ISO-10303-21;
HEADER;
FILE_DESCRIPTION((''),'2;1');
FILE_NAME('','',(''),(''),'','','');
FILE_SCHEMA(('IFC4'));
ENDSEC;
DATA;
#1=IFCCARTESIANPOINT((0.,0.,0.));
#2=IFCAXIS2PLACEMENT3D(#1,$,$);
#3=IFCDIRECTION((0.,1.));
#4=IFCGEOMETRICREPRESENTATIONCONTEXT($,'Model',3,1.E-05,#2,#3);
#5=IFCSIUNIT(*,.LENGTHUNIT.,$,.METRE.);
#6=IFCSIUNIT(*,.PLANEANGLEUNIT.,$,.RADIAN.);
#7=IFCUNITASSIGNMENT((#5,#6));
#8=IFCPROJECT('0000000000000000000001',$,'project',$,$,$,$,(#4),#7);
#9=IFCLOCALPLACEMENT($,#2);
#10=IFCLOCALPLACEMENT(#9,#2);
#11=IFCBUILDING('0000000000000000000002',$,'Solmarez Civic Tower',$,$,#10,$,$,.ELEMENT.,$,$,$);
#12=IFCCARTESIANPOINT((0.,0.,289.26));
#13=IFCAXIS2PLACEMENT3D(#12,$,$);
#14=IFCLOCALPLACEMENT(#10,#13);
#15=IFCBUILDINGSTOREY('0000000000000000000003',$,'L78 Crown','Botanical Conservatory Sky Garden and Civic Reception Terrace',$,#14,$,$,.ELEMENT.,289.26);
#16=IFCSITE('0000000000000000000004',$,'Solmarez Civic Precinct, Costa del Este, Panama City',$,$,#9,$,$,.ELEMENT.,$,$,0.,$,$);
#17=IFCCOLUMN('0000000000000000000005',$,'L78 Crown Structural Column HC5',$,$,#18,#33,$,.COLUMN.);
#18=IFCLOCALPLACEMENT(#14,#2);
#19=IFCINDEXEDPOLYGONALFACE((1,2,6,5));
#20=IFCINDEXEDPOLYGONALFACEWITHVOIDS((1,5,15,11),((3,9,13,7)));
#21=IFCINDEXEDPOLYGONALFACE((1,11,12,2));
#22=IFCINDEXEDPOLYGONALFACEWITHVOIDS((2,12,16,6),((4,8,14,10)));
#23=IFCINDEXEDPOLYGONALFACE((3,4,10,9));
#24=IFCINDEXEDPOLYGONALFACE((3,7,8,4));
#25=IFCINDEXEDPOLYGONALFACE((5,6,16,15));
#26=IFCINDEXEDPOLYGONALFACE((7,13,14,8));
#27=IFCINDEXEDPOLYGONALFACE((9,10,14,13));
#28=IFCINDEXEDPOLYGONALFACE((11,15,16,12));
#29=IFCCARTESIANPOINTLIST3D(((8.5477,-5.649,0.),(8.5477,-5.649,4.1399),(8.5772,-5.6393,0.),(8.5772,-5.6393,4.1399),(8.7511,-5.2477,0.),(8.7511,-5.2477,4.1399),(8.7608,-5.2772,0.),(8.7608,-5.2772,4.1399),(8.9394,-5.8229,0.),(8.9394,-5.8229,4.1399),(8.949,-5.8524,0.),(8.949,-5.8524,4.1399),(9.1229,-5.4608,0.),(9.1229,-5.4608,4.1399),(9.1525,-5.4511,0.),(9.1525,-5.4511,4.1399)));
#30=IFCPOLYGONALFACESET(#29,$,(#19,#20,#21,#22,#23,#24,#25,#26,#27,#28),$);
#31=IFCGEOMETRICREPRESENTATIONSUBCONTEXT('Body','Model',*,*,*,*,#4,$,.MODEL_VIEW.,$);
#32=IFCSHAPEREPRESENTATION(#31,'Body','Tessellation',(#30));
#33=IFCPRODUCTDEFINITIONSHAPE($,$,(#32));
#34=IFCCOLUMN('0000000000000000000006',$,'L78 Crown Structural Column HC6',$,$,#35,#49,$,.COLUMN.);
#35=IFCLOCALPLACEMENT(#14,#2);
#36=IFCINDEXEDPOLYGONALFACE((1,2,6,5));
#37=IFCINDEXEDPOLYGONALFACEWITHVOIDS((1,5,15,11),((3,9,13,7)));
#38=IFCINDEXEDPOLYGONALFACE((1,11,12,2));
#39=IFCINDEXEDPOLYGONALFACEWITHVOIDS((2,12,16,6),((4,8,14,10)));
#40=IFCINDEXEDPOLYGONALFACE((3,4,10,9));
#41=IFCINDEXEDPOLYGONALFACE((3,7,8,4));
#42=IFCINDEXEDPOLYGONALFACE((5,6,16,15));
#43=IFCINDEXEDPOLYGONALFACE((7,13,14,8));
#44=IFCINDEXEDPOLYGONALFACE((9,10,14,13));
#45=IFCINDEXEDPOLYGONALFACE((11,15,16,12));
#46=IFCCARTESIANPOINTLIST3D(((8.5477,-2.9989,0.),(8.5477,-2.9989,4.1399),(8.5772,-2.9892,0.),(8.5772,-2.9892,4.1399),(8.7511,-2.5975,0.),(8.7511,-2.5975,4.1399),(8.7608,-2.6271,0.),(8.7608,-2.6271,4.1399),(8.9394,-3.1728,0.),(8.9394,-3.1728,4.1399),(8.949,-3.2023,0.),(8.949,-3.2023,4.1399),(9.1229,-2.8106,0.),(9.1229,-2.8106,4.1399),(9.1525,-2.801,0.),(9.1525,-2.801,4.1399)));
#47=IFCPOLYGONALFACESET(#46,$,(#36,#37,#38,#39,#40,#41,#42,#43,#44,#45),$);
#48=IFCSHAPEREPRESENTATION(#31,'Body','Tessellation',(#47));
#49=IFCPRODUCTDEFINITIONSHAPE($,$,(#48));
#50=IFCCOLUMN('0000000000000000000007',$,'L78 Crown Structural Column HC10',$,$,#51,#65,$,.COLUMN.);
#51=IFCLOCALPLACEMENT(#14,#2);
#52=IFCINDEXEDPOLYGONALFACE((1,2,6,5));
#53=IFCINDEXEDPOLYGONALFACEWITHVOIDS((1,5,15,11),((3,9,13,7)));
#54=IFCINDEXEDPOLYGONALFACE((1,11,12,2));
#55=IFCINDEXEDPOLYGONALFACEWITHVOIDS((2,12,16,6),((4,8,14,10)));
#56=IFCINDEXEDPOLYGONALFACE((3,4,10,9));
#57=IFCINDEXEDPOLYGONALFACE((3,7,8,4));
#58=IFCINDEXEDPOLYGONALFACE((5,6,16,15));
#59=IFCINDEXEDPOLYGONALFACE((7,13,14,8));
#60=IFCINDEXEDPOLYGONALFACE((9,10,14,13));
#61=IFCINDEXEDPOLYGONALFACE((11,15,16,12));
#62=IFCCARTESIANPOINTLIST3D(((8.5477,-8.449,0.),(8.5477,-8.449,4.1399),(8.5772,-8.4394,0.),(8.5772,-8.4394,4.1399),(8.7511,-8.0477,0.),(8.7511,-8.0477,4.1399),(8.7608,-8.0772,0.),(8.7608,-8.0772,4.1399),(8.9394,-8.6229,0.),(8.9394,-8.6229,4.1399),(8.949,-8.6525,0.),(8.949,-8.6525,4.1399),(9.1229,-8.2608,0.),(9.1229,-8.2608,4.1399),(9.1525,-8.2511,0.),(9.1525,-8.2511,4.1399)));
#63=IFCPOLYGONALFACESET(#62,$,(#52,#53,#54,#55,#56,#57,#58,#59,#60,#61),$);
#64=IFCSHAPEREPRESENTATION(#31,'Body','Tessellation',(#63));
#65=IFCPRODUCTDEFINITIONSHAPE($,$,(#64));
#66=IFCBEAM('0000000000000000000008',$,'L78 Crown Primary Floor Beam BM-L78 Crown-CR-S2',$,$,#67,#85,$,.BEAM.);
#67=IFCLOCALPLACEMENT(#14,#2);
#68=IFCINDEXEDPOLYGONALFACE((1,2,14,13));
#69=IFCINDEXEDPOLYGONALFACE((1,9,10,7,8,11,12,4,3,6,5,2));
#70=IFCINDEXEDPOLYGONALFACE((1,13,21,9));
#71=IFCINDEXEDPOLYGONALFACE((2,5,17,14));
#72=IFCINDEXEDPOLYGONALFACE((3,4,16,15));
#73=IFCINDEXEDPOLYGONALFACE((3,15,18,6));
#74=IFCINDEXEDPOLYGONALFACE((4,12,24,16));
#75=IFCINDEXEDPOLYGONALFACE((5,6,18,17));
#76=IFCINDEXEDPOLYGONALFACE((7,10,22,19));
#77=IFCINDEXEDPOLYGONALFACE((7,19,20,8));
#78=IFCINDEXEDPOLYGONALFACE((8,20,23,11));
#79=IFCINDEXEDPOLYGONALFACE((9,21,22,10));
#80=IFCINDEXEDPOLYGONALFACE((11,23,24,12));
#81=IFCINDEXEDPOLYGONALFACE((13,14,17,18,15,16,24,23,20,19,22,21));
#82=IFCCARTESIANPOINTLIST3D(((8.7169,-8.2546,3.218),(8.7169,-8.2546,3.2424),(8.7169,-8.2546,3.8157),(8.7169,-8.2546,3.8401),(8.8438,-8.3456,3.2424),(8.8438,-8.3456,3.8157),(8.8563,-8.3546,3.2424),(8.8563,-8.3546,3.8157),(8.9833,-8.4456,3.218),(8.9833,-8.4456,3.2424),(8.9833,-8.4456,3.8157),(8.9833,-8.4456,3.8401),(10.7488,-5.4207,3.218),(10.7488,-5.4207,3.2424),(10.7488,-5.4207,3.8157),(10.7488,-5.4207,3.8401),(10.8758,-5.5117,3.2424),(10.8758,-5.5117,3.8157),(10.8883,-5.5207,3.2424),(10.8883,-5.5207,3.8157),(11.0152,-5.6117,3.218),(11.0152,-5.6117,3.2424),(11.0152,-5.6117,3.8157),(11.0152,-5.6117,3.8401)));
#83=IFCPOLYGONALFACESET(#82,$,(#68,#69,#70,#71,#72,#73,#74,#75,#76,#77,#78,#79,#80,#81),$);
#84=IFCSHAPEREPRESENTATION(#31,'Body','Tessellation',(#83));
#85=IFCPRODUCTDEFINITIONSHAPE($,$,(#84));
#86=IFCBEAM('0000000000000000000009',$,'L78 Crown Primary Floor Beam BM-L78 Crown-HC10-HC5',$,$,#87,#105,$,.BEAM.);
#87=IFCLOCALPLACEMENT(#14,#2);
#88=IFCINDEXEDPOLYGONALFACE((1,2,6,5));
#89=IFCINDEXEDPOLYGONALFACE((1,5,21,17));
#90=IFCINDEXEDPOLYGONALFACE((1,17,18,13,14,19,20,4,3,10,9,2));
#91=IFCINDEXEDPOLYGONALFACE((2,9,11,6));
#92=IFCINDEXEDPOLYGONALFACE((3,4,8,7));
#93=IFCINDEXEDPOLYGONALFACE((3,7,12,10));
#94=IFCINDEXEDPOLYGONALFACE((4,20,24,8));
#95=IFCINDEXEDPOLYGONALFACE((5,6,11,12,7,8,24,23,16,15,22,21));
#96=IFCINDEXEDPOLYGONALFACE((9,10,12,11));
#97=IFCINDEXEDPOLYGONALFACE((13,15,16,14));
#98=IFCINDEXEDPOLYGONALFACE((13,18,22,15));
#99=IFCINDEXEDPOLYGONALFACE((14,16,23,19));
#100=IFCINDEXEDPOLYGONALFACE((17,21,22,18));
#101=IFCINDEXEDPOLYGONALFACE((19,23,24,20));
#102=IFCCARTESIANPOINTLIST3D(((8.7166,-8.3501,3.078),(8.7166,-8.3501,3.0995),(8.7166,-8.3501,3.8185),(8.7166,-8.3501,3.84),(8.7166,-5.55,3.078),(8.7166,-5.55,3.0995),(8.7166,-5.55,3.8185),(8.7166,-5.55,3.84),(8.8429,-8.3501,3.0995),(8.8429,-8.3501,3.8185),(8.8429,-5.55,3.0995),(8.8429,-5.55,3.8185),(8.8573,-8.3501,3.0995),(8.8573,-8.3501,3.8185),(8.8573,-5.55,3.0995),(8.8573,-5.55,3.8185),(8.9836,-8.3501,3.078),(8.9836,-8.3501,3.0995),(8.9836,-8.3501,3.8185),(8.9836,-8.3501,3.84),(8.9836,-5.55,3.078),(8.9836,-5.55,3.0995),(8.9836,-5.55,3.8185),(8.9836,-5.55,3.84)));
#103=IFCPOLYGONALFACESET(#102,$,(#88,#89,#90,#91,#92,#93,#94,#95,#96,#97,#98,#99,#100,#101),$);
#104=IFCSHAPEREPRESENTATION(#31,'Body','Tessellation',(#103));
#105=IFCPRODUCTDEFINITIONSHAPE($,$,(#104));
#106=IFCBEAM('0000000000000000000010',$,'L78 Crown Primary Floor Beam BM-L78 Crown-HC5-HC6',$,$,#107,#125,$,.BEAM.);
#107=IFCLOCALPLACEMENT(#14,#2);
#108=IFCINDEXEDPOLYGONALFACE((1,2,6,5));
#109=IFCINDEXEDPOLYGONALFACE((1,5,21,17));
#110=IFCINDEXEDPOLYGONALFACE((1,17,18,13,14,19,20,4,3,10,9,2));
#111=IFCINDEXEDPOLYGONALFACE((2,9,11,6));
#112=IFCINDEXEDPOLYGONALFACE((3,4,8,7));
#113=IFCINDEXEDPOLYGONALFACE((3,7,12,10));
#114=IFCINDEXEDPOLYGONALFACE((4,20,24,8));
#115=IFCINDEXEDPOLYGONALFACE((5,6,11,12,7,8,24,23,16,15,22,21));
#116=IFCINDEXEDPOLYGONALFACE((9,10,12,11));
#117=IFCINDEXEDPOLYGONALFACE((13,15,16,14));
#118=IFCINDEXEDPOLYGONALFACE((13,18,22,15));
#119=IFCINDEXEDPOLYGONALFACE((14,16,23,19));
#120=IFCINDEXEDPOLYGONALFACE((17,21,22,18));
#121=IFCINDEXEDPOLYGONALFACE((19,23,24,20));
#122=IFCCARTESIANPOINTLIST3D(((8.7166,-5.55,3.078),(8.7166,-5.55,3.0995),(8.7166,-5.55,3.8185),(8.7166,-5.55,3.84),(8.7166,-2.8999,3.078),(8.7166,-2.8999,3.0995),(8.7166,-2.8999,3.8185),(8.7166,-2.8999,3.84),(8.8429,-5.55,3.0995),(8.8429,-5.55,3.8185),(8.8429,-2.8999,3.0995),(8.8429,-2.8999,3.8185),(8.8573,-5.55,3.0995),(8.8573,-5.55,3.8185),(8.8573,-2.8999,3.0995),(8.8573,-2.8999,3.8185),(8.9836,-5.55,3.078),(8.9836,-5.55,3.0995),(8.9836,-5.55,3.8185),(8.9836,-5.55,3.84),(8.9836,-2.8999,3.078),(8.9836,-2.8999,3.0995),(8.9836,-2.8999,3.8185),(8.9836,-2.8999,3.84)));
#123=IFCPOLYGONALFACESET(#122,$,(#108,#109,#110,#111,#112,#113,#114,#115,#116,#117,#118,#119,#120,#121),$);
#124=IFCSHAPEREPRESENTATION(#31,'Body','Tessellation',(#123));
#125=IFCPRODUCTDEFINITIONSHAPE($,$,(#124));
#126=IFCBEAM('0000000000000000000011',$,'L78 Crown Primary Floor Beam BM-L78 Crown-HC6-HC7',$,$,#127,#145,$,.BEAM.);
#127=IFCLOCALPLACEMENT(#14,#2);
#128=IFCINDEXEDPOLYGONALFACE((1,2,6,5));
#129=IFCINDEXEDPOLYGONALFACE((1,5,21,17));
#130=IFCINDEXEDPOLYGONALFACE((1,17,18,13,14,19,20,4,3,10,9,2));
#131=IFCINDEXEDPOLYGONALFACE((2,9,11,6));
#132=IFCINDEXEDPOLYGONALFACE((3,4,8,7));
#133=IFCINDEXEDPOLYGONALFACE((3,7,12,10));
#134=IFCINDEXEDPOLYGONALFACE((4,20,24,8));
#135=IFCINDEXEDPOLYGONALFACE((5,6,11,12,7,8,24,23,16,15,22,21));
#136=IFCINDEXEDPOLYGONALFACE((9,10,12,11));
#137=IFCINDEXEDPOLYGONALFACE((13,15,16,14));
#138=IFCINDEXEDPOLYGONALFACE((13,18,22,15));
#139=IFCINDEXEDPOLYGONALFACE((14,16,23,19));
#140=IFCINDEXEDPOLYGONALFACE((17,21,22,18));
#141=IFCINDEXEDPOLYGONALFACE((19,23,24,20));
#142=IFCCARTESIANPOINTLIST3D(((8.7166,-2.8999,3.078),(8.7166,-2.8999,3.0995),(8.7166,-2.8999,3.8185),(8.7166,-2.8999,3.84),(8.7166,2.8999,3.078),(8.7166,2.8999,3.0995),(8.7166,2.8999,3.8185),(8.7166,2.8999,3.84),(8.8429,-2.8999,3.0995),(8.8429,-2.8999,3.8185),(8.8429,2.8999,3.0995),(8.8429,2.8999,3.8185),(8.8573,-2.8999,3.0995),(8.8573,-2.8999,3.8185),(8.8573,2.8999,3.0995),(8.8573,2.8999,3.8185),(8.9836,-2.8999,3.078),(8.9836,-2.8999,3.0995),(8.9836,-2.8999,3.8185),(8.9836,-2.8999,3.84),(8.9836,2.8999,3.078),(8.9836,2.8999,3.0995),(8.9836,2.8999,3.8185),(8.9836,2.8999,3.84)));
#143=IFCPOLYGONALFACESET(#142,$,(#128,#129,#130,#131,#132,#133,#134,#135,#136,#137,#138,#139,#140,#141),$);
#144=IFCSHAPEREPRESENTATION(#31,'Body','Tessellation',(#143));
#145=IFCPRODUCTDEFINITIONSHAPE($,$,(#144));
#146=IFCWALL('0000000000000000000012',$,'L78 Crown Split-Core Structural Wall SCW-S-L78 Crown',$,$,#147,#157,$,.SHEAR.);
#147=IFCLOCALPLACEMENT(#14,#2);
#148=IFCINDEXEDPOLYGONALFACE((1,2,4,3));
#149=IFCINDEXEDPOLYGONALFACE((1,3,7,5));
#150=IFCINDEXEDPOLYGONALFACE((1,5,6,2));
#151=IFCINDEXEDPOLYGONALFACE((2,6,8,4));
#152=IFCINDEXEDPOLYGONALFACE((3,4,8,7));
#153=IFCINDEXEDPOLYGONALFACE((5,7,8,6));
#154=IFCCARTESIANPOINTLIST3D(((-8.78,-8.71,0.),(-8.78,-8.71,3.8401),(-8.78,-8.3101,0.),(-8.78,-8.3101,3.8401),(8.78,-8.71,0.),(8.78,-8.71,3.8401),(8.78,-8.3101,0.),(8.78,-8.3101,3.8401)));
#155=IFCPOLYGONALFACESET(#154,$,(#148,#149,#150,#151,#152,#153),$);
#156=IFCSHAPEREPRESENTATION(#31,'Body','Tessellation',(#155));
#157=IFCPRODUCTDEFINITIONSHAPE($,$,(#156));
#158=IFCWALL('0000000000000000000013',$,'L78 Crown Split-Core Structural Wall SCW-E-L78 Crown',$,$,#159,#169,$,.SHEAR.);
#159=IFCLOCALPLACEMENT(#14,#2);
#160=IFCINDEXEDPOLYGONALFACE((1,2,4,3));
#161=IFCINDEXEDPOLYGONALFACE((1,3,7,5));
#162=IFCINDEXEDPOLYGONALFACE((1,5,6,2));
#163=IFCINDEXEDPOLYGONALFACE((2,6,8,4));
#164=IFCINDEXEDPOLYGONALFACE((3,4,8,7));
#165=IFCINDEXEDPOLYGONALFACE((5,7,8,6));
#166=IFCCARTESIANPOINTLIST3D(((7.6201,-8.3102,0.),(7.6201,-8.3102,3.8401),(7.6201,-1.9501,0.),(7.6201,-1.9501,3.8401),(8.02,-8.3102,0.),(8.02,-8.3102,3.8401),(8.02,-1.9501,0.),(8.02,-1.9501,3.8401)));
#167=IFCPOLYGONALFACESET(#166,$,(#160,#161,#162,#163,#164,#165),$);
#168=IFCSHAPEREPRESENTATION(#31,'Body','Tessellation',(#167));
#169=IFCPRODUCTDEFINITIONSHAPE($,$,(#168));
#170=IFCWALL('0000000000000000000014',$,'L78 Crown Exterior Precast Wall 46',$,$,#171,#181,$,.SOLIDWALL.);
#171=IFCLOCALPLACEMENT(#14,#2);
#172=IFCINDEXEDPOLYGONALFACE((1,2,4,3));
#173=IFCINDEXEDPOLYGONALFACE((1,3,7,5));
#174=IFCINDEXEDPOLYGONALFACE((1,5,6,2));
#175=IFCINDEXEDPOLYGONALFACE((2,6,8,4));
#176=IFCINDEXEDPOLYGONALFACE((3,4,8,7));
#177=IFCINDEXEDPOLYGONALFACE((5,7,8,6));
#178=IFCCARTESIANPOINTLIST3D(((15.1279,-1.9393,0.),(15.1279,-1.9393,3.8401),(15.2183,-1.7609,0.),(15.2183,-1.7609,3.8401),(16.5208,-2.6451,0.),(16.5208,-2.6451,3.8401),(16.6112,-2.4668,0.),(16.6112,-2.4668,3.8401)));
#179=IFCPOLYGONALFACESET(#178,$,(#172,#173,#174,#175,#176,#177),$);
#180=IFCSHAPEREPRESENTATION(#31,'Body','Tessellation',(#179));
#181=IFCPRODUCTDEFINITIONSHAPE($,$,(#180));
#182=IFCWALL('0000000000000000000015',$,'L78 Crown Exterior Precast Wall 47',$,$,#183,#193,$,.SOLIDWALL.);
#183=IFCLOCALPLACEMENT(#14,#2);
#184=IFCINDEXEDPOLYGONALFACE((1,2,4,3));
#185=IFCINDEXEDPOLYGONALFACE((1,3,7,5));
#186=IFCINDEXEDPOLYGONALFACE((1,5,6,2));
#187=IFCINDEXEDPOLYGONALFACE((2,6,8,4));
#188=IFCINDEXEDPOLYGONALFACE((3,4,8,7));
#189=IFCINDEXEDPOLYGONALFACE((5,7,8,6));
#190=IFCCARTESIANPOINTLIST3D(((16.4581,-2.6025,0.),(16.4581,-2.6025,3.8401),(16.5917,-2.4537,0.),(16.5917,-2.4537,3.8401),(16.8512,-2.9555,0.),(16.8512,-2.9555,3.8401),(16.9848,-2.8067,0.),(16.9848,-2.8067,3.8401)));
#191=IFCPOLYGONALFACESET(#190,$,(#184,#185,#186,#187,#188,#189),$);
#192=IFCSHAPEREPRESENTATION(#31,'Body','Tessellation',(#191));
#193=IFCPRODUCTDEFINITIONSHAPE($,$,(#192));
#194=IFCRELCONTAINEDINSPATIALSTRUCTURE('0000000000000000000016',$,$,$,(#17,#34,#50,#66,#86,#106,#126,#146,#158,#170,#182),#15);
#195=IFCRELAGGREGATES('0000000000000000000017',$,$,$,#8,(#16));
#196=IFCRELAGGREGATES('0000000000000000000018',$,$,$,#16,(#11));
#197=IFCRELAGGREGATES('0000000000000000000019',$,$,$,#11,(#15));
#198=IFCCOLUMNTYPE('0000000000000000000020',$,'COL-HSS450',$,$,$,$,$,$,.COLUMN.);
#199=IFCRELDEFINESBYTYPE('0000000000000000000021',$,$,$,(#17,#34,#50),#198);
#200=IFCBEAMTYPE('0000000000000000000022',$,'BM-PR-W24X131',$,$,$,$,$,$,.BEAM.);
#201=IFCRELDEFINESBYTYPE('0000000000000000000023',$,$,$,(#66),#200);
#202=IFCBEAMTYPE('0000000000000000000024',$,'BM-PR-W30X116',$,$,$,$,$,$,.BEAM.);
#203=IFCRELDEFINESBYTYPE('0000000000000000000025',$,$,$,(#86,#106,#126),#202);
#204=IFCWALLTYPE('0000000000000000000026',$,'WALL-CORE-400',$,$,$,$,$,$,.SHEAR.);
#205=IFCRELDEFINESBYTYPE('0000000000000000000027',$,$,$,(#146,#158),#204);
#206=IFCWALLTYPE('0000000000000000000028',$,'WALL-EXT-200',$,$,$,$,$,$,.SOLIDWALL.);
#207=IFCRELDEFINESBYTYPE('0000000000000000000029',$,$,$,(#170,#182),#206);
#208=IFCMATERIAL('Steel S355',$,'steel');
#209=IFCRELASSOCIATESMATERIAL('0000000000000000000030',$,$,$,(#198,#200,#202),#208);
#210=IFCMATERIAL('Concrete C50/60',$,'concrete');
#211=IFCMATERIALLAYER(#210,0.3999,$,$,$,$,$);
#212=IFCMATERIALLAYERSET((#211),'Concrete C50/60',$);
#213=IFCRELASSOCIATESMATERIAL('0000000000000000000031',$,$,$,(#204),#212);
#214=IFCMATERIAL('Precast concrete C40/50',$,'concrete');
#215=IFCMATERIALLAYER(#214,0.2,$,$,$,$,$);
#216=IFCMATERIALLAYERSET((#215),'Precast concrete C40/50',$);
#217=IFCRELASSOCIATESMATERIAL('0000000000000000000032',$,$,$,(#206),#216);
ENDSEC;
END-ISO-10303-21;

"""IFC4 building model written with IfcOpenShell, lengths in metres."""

from ifc_helpers import new_model, si_unit, direction, frame, frame_2d, origin, origin_2d, place, context, subcontext, project, spatial, rectangle, hollow_rectangle, i_section, extrude, material, layer, layer_set, material_profile, profile_set, type_object, element, save


model = new_model("IFC4")

# Units and contexts
model_context = context("Model", 3, precision=1e-05, world=origin(), true_north=direction((0.0, 1.0)))
body_context = subcontext(model_context, "Body", "Model", "MODEL_VIEW")
ifc_project = project(units=[si_unit("LENGTHUNIT", "METRE"), si_unit("PLANEANGLEUNIT", "RADIAN")], contexts=[model_context])

# Site, building, storey
site_placement = place(None, origin())
site = spatial("IfcSite", under=ifc_project, at=site_placement, Name="Solmarez Civic Precinct, Costa del Este, Panama City", CompositionType="ELEMENT", RefElevation=0.0)
building_placement = place(site_placement, origin())
building = spatial("IfcBuilding", under=site, at=building_placement, Name="Solmarez Civic Tower", CompositionType="ELEMENT")
storey_placement = place(building_placement, frame((0.0, 0.0, 289.26)))
storey = spatial("IfcBuildingStorey", under=building, at=storey_placement, Name="L78 Crown", Description="Botanical Conservatory Sky Garden and Civic Reception Terrace", CompositionType="ELEMENT", Elevation=289.26)

# Columns
ifc_material_1 = material(Name="Steel S355", Category="steel")
ifc_material_profile_1 = material_profile(ifc_material_1, hollow_rectangle(XDim=0.45, YDim=0.45, WallThickness=0.022, at=origin_2d()), Name="HSS450X450X22")
ifc_profile_set_1 = profile_set([ifc_material_profile_1], Name="Steel S355")
column_type = type_object("IfcColumnType", Name="COL-HSS450", PredefinedType="COLUMN", material=ifc_profile_set_1)
for number, where, z_axis, x_axis, name in (
    (1, (8.8501, -5.55, 0.0), (0.0, 0.0, 1.0), (0.452123, 0.891955, 0.0), "L78 Crown Structural Column HC5"),
    (2, (8.8501, -2.8999, 0.0), (0.0, 0.0, 1.0), (0.452123, 0.891955, 0.0), "L78 Crown Structural Column HC6"),
    (3, (8.8501, -8.3501, 0.0), (0.0, 0.0, 1.0), (0.452123, 0.891955, 0.0), "L78 Crown Structural Column HC10"),
):
    element("IfcColumn", number, at=place(storey_placement, frame(where, z_axis=z_axis, x_axis=x_axis)), inside=storey, type_object=column_type, Name=name, PredefinedType="COLUMN", context=body_context, shape_type="SweptSolid", body=[
        extrude(hollow_rectangle(XDim=0.45, YDim=0.45, WallThickness=0.022, at=origin_2d()), origin(), (0.0, 0.0, 1.0), 4.1399),
    ])

# Beams
ifc_material_profile_2 = material_profile(ifc_material_1, i_section(OverallWidth=0.3279, OverallDepth=0.6221, WebThickness=0.0154, FlangeThickness=0.0244, at=origin_2d()), Name="W24X131")
ifc_profile_set_2 = profile_set([ifc_material_profile_2], Name="Steel S355")
beam_type_1 = type_object("IfcBeamType", Name="BM-PR-W24X131", PredefinedType="BEAM", material=ifc_profile_set_2)
beam_1_placement = place(storey_placement, frame((8.8501, -8.3501, 3.5291), z_axis=(0.582701, 0.812687, 0.0), x_axis=(-0.812687, 0.582701, 0.0)))
element("IfcBeam", 4, at=beam_1_placement, inside=storey, type_object=beam_type_1, Name="L78 Crown Primary Floor Beam BM-L78 Crown-CR-S2", PredefinedType="BEAM", context=body_context, shape_type="SweptSolid", body=[
    extrude(i_section(OverallWidth=0.3279, OverallDepth=0.6221, WebThickness=0.0154, FlangeThickness=0.0244, at=origin_2d()), origin(), (0.0, 0.0, 1.0), 3.4871),
])
ifc_material_profile_3 = material_profile(ifc_material_1, i_section(OverallWidth=0.2671, OverallDepth=0.762, WebThickness=0.0144, FlangeThickness=0.0215, at=origin_2d()), Name="W30X116")
ifc_profile_set_3 = profile_set([ifc_material_profile_3], Name="Steel S355")
beam_type_2 = type_object("IfcBeamType", Name="BM-PR-W30X116", PredefinedType="BEAM", material=ifc_profile_set_3)
beam_2_placement = place(storey_placement, frame((8.8501, -8.3501, 3.459), z_axis=(0.0, 1.0, 0.0), x_axis=(-1.0, 0.0, 0.0)))
element("IfcBeam", 5, at=beam_2_placement, inside=storey, type_object=beam_type_2, Name="L78 Crown Primary Floor Beam BM-L78 Crown-HC10-HC5", PredefinedType="BEAM", context=body_context, shape_type="SweptSolid", body=[
    extrude(i_section(OverallWidth=0.2671, OverallDepth=0.762, WebThickness=0.0144, FlangeThickness=0.0215, at=origin_2d()), origin(), (0.0, 0.0, 1.0), 2.8),
])
beam_3_placement = place(storey_placement, frame((8.8501, -5.55, 3.459), z_axis=(0.0, 1.0, 0.0), x_axis=(-1.0, 0.0, 0.0)))
element("IfcBeam", 6, at=beam_3_placement, inside=storey, type_object=beam_type_2, Name="L78 Crown Primary Floor Beam BM-L78 Crown-HC5-HC6", PredefinedType="BEAM", context=body_context, shape_type="SweptSolid", body=[
    extrude(i_section(OverallWidth=0.2671, OverallDepth=0.762, WebThickness=0.0144, FlangeThickness=0.0215, at=origin_2d()), origin(), (0.0, 0.0, 1.0), 2.6501),
])
beam_4_placement = place(storey_placement, frame((8.8501, -2.8999, 3.459), z_axis=(0.0, 1.0, 0.0), x_axis=(-1.0, 0.0, 0.0)))
element("IfcBeam", 7, at=beam_4_placement, inside=storey, type_object=beam_type_2, Name="L78 Crown Primary Floor Beam BM-L78 Crown-HC6-HC7", PredefinedType="BEAM", context=body_context, shape_type="SweptSolid", body=[
    extrude(i_section(OverallWidth=0.2671, OverallDepth=0.762, WebThickness=0.0144, FlangeThickness=0.0215, at=origin_2d()), origin(), (0.0, 0.0, 1.0), 5.7998),
])

# Walls
ifc_material_2 = material(Name="Concrete C50/60", Category="concrete")
ifc_layer_1 = layer(ifc_material_2, 0.3999)
ifc_layer_set_1 = layer_set([ifc_layer_1], Name="Concrete C50/60")
wall_type_1 = type_object("IfcWallType", Name="WALL-CORE-400", PredefinedType="SHEAR", material=ifc_layer_set_1)
wall_1_placement = place(storey_placement, frame((8.78, -8.51, 0.0), z_axis=(0.0, 0.0, 1.0), x_axis=(-1.0, 0.0, 0.0)))
element("IfcWall", 8, at=wall_1_placement, inside=storey, type_object=wall_type_1, Name="L78 Crown Split-Core Structural Wall SCW-S-L78 Crown", PredefinedType="SHEAR", context=body_context, shape_type="SweptSolid", body=[
    extrude(rectangle(XDim=17.5601, YDim=0.3999, at=frame_2d((8.78, 0.0))), origin(), (0.0, 0.0, 1.0), 3.8401),
])
wall_2_placement = place(storey_placement, frame((7.8201, -1.95, 0.0), z_axis=(0.0, 0.0, 1.0), x_axis=(0.0, -1.0, 0.0)))
element("IfcWall", 9, at=wall_2_placement, inside=storey, type_object=wall_type_1, Name="L78 Crown Split-Core Structural Wall SCW-E-L78 Crown", PredefinedType="SHEAR", context=body_context, shape_type="SweptSolid", body=[
    extrude(rectangle(XDim=6.3601, YDim=0.3999, at=frame_2d((3.1802, 0.0))), origin(), (0.0, 0.0, 1.0), 3.8401),
])
ifc_material_3 = material(Name="Precast concrete C40/50", Category="concrete")
ifc_layer_2 = layer(ifc_material_3, 0.2)
ifc_layer_set_2 = layer_set([ifc_layer_2], Name="Precast concrete C40/50")
wall_type_2 = type_object("IfcWallType", Name="WALL-EXT-200", PredefinedType="SOLIDWALL", material=ifc_layer_set_2)
wall_3_placement = place(storey_placement, frame((15.1731, -1.8501, 0.0), z_axis=(0.0, 0.0, 1.0), x_axis=(0.892006, -0.452023, 0.0)))
element("IfcWall", 10, at=wall_3_placement, inside=storey, type_object=wall_type_2, Name="L78 Crown Exterior Precast Wall 46", PredefinedType="SOLIDWALL", context=body_context, shape_type="SweptSolid", body=[
    extrude(rectangle(XDim=1.5615, YDim=0.2, at=frame_2d((0.7808, 0.0))), origin(), (0.0, 0.0, 1.0), 3.8401),
])
wall_4_placement = place(storey_placement, frame((16.5249, -2.5281, 0.0), z_axis=(0.0, 0.0, 1.0), x_axis=(0.743983, -0.668198, 0.0)))
element("IfcWall", 11, at=wall_4_placement, inside=storey, type_object=wall_type_2, Name="L78 Crown Exterior Precast Wall 47", PredefinedType="SOLIDWALL", context=body_context, shape_type="SweptSolid", body=[
    extrude(rectangle(XDim=0.5283, YDim=0.2, at=frame_2d((0.2642, 0.0))), origin(), (0.0, 0.0, 1.0), 3.8401),
])

save(model, "model.ifc")
